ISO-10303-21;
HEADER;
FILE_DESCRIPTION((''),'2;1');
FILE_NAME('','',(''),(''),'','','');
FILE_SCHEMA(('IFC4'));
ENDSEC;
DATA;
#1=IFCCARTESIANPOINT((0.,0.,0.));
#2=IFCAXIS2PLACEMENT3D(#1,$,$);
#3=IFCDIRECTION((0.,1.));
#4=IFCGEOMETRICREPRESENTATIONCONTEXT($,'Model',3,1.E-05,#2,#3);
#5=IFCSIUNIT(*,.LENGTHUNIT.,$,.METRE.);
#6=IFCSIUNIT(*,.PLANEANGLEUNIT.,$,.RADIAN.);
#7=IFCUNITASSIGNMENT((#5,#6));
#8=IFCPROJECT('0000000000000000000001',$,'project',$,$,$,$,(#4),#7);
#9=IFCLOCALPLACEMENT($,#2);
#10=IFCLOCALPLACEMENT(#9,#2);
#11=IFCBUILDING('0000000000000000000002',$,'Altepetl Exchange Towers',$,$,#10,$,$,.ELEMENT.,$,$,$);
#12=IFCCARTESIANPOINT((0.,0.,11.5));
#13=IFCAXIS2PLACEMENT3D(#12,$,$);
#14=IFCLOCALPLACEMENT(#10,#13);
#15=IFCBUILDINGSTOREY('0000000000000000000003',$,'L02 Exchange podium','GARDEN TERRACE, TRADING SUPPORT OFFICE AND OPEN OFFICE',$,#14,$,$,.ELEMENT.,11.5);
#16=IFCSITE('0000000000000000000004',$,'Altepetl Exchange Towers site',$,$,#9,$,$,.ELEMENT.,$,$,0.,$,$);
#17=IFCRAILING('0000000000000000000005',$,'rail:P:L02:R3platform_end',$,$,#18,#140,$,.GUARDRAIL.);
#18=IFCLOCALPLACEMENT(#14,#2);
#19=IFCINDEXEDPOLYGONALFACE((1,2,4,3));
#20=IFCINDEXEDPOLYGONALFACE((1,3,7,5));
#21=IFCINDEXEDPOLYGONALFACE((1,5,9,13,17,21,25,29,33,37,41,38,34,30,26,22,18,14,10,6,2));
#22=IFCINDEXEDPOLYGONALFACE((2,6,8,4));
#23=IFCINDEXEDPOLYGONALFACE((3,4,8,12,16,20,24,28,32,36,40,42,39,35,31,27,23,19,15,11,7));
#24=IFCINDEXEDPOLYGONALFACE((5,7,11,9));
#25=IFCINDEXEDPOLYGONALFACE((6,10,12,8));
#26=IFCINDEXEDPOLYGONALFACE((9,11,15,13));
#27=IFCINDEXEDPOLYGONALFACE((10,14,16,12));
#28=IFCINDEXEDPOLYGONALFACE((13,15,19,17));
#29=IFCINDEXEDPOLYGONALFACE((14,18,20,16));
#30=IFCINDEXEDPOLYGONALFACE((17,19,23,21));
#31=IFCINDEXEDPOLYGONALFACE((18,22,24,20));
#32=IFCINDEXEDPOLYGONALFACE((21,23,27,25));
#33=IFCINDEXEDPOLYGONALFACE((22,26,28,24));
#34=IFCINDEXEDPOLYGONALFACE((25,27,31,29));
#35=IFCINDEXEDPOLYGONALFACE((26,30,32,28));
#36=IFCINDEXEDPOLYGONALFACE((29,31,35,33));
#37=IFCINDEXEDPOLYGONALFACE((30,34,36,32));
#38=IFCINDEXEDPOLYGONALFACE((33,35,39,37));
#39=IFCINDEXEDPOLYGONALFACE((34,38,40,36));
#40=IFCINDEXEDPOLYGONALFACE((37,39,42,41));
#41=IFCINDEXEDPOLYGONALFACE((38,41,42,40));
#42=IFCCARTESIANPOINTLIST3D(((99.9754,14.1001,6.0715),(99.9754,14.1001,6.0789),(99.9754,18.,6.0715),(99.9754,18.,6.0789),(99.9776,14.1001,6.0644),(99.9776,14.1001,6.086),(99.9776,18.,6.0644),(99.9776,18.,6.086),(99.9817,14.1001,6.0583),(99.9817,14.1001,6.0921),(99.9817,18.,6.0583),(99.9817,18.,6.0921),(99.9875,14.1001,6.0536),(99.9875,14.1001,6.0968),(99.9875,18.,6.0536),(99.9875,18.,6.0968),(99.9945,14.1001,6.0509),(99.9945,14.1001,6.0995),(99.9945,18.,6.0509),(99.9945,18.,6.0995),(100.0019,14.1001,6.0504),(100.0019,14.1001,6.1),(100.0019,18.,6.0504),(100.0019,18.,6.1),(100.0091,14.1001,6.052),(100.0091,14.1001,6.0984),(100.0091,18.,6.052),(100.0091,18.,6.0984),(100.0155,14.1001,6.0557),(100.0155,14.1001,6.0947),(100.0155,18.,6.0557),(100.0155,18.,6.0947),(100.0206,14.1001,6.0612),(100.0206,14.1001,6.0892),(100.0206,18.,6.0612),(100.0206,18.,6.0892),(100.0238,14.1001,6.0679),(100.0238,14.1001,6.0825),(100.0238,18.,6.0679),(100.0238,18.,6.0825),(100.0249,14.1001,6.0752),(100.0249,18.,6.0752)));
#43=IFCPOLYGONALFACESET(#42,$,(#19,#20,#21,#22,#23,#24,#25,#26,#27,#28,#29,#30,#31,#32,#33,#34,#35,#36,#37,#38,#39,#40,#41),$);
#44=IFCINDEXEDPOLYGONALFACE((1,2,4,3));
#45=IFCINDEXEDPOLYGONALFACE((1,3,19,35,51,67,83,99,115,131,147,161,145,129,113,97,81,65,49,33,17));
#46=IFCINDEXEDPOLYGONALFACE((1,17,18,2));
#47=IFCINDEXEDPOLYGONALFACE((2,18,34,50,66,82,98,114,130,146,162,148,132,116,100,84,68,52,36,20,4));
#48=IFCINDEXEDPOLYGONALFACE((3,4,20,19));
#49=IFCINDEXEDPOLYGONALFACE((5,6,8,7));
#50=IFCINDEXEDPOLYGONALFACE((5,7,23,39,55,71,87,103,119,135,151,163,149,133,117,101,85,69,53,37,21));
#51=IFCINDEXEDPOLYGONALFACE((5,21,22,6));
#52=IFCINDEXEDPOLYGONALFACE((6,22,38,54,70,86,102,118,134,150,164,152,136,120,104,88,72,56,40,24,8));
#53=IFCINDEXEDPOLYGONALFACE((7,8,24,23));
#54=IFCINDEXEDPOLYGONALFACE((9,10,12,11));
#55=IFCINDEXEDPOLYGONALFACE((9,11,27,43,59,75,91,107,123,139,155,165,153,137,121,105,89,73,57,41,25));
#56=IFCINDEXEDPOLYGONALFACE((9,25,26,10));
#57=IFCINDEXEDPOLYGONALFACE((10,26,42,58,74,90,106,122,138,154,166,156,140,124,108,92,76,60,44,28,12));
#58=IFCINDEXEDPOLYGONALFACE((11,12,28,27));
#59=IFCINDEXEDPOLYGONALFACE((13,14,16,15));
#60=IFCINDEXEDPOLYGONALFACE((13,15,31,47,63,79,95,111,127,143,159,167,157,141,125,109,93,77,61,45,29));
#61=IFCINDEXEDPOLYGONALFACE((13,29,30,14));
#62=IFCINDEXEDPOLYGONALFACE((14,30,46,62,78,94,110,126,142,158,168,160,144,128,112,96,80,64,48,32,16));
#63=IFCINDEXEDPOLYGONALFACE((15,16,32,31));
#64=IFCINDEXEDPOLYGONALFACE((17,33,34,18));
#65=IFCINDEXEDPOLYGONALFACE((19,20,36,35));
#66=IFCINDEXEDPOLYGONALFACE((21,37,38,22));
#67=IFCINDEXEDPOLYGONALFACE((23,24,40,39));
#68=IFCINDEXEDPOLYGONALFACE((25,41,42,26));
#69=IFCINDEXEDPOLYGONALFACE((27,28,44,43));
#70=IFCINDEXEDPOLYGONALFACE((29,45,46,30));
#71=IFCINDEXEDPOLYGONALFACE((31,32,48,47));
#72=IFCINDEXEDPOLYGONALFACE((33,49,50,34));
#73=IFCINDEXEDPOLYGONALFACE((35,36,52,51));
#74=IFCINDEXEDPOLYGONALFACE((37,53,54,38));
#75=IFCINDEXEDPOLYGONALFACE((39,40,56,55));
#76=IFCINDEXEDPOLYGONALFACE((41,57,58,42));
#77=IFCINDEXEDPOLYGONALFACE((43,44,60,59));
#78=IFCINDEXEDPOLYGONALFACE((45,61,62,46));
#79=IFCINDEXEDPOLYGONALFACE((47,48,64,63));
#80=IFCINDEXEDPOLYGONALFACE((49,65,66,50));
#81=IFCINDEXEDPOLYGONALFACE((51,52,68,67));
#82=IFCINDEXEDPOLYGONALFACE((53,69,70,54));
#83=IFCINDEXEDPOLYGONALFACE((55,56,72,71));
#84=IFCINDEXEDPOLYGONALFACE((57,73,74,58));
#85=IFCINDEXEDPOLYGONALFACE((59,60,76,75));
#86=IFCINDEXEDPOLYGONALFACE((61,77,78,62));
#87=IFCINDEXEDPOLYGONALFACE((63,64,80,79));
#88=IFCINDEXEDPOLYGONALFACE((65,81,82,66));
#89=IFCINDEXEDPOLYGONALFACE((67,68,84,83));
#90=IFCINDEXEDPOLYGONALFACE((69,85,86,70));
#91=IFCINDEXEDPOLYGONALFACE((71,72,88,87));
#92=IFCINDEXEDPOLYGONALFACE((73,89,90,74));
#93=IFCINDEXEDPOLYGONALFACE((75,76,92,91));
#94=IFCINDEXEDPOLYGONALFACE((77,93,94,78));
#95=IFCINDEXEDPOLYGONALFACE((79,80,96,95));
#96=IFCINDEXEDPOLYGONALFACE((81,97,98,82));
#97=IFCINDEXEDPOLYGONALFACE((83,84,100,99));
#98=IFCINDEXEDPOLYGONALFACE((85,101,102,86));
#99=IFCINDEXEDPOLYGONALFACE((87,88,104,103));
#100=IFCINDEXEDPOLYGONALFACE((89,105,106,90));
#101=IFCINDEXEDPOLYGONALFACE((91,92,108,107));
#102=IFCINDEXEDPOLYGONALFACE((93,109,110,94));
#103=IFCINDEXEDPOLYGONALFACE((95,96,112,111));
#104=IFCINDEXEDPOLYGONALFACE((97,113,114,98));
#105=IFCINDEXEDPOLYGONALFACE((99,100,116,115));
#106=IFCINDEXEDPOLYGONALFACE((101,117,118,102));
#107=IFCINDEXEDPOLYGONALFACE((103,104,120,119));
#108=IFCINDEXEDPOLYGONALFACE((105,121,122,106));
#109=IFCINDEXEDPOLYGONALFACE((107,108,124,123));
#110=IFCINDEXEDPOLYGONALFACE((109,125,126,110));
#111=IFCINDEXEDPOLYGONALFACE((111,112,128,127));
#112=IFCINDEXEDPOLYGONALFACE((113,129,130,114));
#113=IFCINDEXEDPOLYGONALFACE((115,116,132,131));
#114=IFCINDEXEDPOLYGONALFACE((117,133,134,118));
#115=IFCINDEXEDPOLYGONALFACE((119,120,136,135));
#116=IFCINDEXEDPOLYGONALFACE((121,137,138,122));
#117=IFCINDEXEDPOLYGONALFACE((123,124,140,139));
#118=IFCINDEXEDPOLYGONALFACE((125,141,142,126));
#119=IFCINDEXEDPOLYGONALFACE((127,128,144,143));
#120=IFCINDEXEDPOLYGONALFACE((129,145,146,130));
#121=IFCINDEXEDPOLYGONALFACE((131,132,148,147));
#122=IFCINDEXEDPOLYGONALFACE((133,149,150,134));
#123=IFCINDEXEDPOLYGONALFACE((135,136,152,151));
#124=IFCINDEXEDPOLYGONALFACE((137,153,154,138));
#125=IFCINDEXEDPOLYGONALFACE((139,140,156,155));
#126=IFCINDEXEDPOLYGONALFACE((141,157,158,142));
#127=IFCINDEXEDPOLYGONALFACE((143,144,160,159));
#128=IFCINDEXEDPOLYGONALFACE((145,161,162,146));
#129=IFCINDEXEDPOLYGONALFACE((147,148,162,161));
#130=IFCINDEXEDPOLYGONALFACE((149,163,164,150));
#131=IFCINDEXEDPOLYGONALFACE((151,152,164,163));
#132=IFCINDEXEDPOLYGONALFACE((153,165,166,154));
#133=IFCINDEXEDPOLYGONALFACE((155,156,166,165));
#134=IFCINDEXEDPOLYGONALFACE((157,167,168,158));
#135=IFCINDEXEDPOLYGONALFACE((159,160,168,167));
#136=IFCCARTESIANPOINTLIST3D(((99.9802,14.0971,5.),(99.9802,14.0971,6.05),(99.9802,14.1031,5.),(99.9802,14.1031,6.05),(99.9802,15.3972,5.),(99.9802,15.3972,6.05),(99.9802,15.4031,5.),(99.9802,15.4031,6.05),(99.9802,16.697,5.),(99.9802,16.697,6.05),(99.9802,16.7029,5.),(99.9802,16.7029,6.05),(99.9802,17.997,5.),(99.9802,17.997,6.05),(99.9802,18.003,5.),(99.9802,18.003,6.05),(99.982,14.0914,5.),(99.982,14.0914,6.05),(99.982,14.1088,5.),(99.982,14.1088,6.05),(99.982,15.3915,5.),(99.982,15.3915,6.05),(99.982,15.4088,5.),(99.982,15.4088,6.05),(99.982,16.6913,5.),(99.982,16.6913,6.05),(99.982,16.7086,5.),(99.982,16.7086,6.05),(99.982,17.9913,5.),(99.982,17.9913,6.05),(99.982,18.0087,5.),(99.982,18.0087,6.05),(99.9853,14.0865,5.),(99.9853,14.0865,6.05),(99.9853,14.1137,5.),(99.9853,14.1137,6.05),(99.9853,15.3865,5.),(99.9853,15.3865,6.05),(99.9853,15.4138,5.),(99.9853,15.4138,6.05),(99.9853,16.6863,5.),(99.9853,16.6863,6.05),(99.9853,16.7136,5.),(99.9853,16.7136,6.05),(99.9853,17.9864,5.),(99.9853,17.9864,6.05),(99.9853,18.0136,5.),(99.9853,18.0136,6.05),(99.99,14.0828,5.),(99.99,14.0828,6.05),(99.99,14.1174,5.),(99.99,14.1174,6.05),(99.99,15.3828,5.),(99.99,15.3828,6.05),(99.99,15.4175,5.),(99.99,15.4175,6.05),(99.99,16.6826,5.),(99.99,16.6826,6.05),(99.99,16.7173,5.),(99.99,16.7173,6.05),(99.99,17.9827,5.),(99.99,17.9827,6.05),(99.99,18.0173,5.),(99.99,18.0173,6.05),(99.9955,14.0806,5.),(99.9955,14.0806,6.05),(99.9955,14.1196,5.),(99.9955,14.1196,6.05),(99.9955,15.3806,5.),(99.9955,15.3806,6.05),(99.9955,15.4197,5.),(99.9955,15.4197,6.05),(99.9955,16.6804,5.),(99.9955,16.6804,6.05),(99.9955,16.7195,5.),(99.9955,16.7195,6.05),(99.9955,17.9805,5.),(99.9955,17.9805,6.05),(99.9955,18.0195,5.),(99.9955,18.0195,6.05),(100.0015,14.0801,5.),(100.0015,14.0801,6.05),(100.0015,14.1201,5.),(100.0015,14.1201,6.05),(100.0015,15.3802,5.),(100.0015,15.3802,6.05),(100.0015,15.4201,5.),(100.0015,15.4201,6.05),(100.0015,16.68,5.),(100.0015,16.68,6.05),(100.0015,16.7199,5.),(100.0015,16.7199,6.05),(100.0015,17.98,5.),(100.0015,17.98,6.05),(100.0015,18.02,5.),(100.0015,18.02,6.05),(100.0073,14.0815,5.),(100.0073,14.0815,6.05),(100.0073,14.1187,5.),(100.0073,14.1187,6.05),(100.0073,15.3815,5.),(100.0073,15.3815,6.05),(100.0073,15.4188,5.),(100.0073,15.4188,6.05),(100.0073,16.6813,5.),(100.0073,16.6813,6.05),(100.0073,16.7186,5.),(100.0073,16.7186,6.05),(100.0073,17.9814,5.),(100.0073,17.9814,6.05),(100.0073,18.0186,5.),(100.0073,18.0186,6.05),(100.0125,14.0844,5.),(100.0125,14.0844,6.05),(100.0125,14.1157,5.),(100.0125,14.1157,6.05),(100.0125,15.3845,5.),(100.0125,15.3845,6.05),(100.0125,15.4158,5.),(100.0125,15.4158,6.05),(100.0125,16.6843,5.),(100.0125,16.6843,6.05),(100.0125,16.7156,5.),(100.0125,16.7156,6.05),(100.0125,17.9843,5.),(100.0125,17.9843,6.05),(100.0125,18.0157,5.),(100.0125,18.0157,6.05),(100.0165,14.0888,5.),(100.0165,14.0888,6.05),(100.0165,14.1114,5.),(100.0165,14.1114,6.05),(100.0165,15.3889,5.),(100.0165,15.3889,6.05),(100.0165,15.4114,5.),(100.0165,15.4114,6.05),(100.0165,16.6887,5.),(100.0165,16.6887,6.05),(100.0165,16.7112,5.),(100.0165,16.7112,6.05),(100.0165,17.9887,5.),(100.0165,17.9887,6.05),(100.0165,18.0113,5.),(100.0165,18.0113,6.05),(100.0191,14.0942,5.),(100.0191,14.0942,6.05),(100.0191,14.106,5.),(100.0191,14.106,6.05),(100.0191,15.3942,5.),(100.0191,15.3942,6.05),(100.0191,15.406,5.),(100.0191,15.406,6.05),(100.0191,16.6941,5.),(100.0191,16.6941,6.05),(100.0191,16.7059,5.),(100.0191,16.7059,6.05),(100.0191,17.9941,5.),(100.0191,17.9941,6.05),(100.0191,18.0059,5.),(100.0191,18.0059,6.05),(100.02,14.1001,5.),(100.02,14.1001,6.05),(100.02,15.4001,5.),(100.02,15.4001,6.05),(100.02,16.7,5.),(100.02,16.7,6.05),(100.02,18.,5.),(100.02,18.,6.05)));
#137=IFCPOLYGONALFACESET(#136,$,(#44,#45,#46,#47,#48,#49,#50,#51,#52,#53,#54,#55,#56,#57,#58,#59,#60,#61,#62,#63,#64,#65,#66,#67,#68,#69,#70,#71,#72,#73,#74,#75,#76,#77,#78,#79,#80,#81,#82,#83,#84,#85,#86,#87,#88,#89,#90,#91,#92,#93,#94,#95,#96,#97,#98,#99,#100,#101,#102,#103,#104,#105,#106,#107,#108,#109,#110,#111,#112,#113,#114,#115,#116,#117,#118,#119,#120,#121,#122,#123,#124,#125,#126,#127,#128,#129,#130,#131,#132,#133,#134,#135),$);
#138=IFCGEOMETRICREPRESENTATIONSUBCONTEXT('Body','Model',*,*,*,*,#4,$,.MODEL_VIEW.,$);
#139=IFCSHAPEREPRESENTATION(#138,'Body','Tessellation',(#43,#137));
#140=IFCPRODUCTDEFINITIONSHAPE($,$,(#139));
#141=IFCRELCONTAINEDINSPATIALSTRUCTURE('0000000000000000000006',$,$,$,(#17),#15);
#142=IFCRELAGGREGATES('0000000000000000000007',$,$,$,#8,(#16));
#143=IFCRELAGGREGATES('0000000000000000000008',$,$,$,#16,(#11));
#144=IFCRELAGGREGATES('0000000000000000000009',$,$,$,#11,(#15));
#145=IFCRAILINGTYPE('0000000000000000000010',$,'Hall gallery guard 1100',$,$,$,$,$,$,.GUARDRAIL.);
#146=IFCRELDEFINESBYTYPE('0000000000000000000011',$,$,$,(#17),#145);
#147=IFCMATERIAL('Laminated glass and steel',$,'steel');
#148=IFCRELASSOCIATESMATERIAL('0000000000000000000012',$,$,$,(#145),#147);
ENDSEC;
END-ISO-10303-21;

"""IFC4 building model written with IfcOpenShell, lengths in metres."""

from ifc_helpers import new_model, si_unit, direction, frame, origin, origin_2d, place, context, subcontext, project, spatial, circle, extrude, source, transform, mapped, material, type_object, element, save


model = new_model("IFC4")

# Units and contexts
model_context = context("Model", 3, precision=1e-05, world=origin(), true_north=direction((0.0, 1.0)))
body_context = subcontext(model_context, "Body", "Model", "MODEL_VIEW")
ifc_project = project(units=[si_unit("LENGTHUNIT", "METRE"), si_unit("PLANEANGLEUNIT", "RADIAN")], contexts=[model_context])

# Site, building, storey
site_placement = place(None, origin())
site = spatial("IfcSite", under=ifc_project, at=site_placement, Name="Altepetl Exchange Towers site", CompositionType="ELEMENT", RefElevation=0.0)
building_placement = place(site_placement, origin())
building = spatial("IfcBuilding", under=site, at=building_placement, Name="Altepetl Exchange Towers", CompositionType="ELEMENT")
storey_placement = place(building_placement, frame((0.0, 0.0, 11.5)))
storey = spatial("IfcBuildingStorey", under=building, at=storey_placement, Name="L02 Exchange podium", Description="GARDEN TERRACE, TRADING SUPPORT OFFICE AND OPEN OFFICE", CompositionType="ELEMENT", Elevation=11.5)

# Railing
ifc_material_1 = material(Name="Laminated glass and steel", Category="steel")
railing_type = type_object("IfcRailingType", Name="Hall gallery guard 1100", PredefinedType="GUARDRAIL", material=ifc_material_1)
shared_shape = source(origin(), body_context, "Body", "SweptSolid", [
    extrude(circle(Radius=0.02, at=origin_2d()), origin(), (0.0, 0.0, 1.0), 1.05),
])
railing_1_placement = place(storey_placement, frame((100.0, 18.0, 5.0)))
element("IfcRailing", 1, at=railing_1_placement, inside=storey, type_object=railing_type, Name="rail:P:L02:R3platform_end", PredefinedType="GUARDRAIL", context=body_context, shape_type="SweptSolid", body=[
    extrude(circle(Radius=0.0249, at=origin_2d()), frame((0.0, 0.0, 1.0752), z_axis=(0.0, -1.0, 0.0), x_axis=(1.0, 0.0, 0.0)), (0.0, 0.0, 1.0), 3.8999),
    mapped(shared_shape, transform((0.0, 0.0, 0.0))),
    mapped(shared_shape, transform((0.0, -1.3, 0.0))),
    mapped(shared_shape, transform((0.0, -2.5999, 0.0))),
    mapped(shared_shape, transform((0.0, -3.8999, 0.0))),
])

save(model, "model.ifc")
